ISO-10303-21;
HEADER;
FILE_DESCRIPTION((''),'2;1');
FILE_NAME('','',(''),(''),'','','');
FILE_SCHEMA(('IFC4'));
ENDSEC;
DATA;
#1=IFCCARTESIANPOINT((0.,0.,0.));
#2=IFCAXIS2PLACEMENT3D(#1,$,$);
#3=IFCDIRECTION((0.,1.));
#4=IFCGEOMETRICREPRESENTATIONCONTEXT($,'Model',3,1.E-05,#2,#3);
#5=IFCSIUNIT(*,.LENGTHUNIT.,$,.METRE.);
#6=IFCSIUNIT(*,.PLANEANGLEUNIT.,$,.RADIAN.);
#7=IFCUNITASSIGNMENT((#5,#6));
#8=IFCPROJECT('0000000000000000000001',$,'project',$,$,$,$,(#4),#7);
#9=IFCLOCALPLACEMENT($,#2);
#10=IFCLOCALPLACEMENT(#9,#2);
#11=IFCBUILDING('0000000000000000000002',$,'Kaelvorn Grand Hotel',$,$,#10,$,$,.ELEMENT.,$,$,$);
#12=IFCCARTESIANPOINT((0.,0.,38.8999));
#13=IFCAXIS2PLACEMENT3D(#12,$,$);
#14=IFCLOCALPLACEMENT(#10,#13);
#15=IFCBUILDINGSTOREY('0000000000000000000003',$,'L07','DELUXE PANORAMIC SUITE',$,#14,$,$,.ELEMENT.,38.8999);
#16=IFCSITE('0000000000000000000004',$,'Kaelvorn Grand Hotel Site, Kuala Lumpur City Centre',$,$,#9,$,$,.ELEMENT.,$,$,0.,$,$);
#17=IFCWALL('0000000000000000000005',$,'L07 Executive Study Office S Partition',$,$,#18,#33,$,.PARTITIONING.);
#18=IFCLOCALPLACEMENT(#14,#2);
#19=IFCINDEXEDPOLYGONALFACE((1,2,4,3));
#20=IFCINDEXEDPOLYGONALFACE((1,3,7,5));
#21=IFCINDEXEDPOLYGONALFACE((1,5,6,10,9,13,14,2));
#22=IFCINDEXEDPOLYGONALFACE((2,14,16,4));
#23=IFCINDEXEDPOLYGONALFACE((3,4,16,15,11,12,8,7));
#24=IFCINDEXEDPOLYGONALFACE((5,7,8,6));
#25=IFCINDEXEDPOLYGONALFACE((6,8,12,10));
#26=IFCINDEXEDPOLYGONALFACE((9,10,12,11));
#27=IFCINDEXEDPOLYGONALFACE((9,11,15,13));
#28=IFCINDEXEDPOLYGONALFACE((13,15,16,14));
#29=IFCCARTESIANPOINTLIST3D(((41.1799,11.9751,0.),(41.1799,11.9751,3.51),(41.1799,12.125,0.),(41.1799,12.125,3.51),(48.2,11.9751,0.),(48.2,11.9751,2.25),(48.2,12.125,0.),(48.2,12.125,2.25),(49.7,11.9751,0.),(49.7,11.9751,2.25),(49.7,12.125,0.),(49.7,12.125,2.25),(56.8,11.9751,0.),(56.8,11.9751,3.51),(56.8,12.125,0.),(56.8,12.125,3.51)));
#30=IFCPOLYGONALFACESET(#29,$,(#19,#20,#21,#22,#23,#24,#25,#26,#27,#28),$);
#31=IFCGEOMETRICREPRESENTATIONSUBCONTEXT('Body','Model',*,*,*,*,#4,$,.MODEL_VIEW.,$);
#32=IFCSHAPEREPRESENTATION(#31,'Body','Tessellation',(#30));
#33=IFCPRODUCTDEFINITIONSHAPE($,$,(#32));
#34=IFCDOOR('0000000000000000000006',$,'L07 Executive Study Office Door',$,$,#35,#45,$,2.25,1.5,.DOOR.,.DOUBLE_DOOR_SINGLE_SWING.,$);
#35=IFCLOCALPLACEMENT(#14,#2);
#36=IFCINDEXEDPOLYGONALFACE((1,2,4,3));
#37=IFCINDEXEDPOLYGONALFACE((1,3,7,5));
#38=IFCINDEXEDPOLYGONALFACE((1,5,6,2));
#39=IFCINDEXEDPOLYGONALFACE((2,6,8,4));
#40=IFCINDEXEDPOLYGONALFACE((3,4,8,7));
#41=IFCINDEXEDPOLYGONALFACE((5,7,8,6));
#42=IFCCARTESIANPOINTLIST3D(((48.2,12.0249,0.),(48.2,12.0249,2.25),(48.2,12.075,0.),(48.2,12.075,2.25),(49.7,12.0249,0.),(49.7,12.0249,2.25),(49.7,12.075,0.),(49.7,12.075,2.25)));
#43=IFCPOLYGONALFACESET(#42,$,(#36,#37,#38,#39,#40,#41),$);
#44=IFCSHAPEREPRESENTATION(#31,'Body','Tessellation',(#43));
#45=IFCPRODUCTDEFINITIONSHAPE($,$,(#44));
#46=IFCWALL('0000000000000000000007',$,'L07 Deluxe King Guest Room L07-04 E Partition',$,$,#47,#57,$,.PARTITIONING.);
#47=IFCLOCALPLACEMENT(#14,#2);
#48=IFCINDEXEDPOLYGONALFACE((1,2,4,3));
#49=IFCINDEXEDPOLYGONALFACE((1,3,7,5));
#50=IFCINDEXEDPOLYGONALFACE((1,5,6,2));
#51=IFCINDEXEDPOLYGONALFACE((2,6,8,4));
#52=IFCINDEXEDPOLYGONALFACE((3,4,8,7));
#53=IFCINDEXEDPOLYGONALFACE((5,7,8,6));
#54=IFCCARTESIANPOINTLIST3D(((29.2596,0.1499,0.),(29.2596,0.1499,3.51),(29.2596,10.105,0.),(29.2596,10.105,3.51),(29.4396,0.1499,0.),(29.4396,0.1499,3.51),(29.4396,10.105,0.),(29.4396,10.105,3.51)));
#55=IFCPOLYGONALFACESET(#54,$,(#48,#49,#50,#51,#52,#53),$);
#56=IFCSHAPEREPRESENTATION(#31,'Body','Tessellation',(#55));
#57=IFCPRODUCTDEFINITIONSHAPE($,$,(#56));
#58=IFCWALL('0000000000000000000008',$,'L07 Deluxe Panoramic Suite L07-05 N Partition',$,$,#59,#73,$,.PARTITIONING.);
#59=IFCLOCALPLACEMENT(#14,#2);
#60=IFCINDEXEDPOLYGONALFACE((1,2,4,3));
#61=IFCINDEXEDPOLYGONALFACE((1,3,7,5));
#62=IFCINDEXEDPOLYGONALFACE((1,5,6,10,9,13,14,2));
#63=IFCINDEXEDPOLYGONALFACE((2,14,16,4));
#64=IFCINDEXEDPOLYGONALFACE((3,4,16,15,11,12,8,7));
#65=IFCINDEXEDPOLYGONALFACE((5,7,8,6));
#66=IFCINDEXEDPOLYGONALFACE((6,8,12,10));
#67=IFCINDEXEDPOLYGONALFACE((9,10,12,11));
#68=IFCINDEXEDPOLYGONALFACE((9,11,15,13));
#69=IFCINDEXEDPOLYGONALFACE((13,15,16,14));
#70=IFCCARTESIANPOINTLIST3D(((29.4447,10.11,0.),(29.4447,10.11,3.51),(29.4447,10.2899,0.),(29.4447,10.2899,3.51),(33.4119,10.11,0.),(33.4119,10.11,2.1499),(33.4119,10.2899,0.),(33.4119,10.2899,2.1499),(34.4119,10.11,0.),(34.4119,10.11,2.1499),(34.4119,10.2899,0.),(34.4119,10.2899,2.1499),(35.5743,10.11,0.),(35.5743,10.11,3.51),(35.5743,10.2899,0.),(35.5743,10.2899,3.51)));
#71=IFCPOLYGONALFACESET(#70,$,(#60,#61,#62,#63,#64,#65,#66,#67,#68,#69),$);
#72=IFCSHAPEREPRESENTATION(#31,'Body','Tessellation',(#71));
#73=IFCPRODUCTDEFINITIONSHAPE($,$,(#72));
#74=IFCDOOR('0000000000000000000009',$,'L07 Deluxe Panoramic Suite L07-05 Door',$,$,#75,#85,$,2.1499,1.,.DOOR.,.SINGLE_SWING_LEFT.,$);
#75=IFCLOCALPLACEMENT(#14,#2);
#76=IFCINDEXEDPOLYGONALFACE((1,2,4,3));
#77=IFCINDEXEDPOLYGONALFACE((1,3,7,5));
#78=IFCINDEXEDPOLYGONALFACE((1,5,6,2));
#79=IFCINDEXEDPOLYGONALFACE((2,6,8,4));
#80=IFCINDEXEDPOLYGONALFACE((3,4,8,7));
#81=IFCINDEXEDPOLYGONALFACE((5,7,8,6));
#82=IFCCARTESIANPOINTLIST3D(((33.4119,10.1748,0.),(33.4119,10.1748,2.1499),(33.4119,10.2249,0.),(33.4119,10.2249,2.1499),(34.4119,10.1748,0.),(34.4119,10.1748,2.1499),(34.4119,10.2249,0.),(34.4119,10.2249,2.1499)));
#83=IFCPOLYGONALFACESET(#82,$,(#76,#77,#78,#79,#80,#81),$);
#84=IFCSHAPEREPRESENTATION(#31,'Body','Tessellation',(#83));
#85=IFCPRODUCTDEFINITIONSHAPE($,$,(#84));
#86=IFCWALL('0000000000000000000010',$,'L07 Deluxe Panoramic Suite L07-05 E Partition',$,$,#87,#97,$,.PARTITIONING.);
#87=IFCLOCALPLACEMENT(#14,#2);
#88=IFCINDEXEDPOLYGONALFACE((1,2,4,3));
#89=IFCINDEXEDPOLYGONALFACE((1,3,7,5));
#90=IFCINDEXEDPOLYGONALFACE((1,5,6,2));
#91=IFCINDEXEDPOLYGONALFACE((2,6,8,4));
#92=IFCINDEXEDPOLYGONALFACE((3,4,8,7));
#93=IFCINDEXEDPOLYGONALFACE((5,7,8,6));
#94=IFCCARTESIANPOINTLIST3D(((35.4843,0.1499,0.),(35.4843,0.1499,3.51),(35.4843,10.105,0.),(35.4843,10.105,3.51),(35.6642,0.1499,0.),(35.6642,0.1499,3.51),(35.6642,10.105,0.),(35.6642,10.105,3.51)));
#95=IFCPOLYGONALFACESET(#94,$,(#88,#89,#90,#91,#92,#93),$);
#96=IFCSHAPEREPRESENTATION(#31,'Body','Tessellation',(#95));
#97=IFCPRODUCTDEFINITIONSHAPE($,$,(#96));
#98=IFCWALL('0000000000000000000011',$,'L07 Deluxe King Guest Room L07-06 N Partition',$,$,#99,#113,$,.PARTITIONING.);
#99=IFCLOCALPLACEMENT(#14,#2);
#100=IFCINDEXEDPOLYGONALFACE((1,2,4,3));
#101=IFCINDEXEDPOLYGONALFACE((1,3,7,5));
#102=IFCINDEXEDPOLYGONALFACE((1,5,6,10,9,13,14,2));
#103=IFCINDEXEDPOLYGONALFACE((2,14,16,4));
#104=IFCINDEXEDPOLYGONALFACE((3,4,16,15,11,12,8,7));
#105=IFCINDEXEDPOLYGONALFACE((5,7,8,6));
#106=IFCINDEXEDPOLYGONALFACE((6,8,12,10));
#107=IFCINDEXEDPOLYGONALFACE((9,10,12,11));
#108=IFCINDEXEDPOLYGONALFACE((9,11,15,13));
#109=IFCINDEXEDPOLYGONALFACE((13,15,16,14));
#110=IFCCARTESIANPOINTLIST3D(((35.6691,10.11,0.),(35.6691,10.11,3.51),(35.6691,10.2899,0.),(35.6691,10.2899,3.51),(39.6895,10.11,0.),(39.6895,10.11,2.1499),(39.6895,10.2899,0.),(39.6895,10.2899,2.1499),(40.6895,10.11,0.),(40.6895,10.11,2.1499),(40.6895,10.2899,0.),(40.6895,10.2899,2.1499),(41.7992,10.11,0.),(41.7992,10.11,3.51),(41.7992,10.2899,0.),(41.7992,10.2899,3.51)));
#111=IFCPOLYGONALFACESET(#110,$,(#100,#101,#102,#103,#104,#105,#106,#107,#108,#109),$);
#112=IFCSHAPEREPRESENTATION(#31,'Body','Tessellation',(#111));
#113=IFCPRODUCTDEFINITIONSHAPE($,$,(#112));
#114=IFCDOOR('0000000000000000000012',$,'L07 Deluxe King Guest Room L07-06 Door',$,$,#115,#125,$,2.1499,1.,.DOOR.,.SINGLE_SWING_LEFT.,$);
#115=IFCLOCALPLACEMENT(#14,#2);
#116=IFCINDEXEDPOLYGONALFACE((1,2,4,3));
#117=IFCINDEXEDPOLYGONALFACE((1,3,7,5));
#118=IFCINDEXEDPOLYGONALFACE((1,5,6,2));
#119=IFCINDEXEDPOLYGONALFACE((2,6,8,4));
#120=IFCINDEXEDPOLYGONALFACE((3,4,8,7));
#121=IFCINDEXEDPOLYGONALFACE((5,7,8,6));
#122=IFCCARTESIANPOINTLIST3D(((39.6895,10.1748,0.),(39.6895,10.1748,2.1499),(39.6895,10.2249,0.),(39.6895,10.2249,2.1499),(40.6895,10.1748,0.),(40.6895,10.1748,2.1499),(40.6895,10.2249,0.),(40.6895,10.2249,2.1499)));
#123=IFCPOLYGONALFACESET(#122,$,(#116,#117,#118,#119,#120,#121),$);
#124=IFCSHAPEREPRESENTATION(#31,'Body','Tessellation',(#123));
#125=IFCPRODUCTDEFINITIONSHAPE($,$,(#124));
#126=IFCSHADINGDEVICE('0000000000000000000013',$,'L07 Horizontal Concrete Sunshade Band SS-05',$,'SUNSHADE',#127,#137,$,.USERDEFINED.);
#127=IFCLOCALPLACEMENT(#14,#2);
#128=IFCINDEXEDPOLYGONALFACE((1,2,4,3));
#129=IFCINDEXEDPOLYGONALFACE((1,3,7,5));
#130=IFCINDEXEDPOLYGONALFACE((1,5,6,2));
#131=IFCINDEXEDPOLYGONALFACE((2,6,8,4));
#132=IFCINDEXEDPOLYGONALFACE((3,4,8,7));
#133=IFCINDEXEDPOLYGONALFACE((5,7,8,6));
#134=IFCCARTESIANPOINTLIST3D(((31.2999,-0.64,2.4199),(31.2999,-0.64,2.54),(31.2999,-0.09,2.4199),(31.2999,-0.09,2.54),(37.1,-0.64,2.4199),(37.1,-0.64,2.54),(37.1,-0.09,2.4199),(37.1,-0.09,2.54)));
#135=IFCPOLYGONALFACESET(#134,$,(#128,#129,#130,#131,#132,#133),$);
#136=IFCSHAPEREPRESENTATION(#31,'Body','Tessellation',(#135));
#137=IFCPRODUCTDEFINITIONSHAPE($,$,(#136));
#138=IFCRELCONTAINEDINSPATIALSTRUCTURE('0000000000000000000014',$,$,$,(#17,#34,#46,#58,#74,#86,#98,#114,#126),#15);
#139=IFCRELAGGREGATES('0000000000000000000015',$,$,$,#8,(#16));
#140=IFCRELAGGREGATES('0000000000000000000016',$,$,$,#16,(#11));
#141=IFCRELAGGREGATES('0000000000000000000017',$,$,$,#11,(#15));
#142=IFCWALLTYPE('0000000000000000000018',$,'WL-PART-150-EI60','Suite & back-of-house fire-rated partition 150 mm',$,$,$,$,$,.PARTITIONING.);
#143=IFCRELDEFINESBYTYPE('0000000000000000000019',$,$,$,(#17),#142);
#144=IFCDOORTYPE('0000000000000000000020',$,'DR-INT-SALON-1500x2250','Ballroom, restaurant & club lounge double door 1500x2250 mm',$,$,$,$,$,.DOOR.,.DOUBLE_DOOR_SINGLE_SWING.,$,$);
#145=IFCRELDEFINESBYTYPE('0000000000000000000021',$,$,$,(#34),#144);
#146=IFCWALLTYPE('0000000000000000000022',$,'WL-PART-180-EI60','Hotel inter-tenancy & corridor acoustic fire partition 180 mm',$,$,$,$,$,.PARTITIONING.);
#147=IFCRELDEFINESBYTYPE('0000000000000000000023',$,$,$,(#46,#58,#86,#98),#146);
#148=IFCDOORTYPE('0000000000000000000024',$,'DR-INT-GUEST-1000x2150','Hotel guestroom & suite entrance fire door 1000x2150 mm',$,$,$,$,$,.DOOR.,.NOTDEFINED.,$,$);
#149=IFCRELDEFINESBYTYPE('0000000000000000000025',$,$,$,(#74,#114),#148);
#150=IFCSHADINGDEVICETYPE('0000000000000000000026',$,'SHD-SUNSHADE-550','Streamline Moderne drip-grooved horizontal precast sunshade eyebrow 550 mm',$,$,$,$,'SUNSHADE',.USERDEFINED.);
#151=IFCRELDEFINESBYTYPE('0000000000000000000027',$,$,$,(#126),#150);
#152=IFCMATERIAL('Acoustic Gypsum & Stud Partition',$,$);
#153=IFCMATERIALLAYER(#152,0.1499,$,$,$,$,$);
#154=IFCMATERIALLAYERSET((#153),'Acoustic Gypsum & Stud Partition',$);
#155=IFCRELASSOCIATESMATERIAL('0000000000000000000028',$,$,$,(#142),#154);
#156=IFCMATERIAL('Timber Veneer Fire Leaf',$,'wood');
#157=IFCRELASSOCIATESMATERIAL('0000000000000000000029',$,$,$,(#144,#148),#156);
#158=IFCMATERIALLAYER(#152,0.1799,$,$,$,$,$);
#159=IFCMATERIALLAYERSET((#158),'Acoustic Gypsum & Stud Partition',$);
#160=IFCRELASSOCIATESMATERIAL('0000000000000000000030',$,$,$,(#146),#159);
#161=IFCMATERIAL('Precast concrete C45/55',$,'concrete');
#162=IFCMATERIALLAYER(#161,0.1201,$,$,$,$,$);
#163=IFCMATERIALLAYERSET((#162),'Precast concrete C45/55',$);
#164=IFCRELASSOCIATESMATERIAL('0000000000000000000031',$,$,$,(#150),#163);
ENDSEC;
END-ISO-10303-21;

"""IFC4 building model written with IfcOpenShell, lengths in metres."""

from ifc_helpers import new_model, si_unit, direction, frame, frame_2d, origin, origin_2d, place, context, subcontext, project, spatial, rectangle, extrude, material, layer, layer_set, type_object, element, fill, save


model = new_model("IFC4")

# Units and contexts
model_context = context("Model", 3, precision=1e-05, world=origin(), true_north=direction((0.0, 1.0)))
body_context = subcontext(model_context, "Body", "Model", "MODEL_VIEW")
ifc_project = project(units=[si_unit("LENGTHUNIT", "METRE"), si_unit("PLANEANGLEUNIT", "RADIAN")], contexts=[model_context])

# Site, building, storey
site_placement = place(None, origin())
site = spatial("IfcSite", under=ifc_project, at=site_placement, Name="Kaelvorn Grand Hotel Site, Kuala Lumpur City Centre", CompositionType="ELEMENT", RefElevation=0.0)
building_placement = place(site_placement, origin())
building = spatial("IfcBuilding", under=site, at=building_placement, Name="Kaelvorn Grand Hotel", CompositionType="ELEMENT")
storey_placement = place(building_placement, frame((0.0, 0.0, 38.8999)))
storey = spatial("IfcBuildingStorey", under=building, at=storey_placement, Name="L07", Description="DELUXE PANORAMIC SUITE", CompositionType="ELEMENT", Elevation=38.8999)

# Shared definitions
ifc_material_1 = material(Name="Acoustic Gypsum & Stud Partition")
ifc_layer_1 = layer(ifc_material_1, 0.1499)
ifc_layer_set_1 = layer_set([ifc_layer_1], Name="Acoustic Gypsum & Stud Partition")
wall_type_1 = type_object("IfcWallType", Name="WL-PART-150-EI60", Description="Suite & back-of-house fire-rated partition 150 mm", PredefinedType="PARTITIONING", material=ifc_layer_set_1)

# Wall, opening, door
wall_1_placement = place(storey_placement, frame((41.1799, 12.05, 0.0), z_axis=(0.0, 0.0, 1.0), x_axis=(1.0, 0.0, 0.0)))
wall_1 = element("IfcWall", 1, at=wall_1_placement, inside=storey, type_object=wall_type_1, Name="L07 Executive Study Office S Partition", PredefinedType="PARTITIONING", context=body_context, shape_type="SweptSolid", body=[
    extrude(rectangle(XDim=15.6201, YDim=0.1499, at=frame_2d((7.8101, 0.0))), origin(), (0.0, 0.0, 1.0), 3.51),
])
opening_1_placement = place(wall_1_placement, frame((7.02, 0.0, 0.0)))
opening_1 = element("IfcOpeningElement", 2, at=opening_1_placement, cuts=wall_1, PredefinedType="OPENING", context=body_context, shape_type="SweptSolid", body=[
    extrude(rectangle(XDim=1.5, YDim=2.25, at=frame_2d((0.75, 1.125))), frame((0.0, 0.085, 0.0), z_axis=(0.0, -1.0, 0.0), x_axis=(1.0, 0.0, 0.0)), (0.0, 0.0, 1.0), 0.1699),
])
ifc_material_2 = material(Name="Timber Veneer Fire Leaf", Category="wood")
door_type_1 = type_object("IfcDoorType", Name="DR-INT-SALON-1500x2250", Description="Ballroom, restaurant & club lounge double door 1500x2250 mm", OperationType="DOUBLE_DOOR_SINGLE_SWING", PredefinedType="DOOR", material=ifc_material_2)
door_1_placement = place(opening_1_placement, origin())
door_1 = element("IfcDoor", 3, at=door_1_placement, inside=storey, type_object=door_type_1, Name="L07 Executive Study Office Door", OperationType="DOUBLE_DOOR_SINGLE_SWING", OverallHeight=2.25, OverallWidth=1.5, PredefinedType="DOOR", context=body_context, shape_type="SweptSolid", body=[
    extrude(rectangle(XDim=1.5, YDim=2.25, at=frame_2d((0.75, 1.125))), frame((0.0, 0.0249, 0.0), z_axis=(0.0, -1.0, 0.0), x_axis=(1.0, 0.0, 0.0)), (0.0, 0.0, 1.0), 0.05),
])
fill(opening_1, door_1)

# Wall
ifc_layer_2 = layer(ifc_material_1, 0.1799)
ifc_layer_set_2 = layer_set([ifc_layer_2], Name="Acoustic Gypsum & Stud Partition")
wall_type_2 = type_object("IfcWallType", Name="WL-PART-180-EI60", Description="Hotel inter-tenancy & corridor acoustic fire partition 180 mm", PredefinedType="PARTITIONING", material=ifc_layer_set_2)
wall_2_placement = place(storey_placement, frame((29.3496, 0.1499, 0.0), z_axis=(0.0, 0.0, 1.0), x_axis=(0.0, 1.0, 0.0)))
element("IfcWall", 4, at=wall_2_placement, inside=storey, type_object=wall_type_2, Name="L07 Deluxe King Guest Room L07-04 E Partition", PredefinedType="PARTITIONING", context=body_context, shape_type="SweptSolid", body=[
    extrude(rectangle(XDim=9.9551, YDim=0.1799, at=frame_2d((4.9775, 0.0))), origin(), (0.0, 0.0, 1.0), 3.51),
])

# Wall, opening, door
wall_3_placement = place(storey_placement, frame((29.4446, 10.2, 0.0), z_axis=(0.0, 0.0, 1.0), x_axis=(1.0, 0.0, 0.0)))
wall_3 = element("IfcWall", 5, at=wall_3_placement, inside=storey, type_object=wall_type_2, Name="L07 Deluxe Panoramic Suite L07-05 N Partition", PredefinedType="PARTITIONING", context=body_context, shape_type="SweptSolid", body=[
    extrude(rectangle(XDim=6.1296, YDim=0.1799, at=frame_2d((3.0649, 0.0))), origin(), (0.0, 0.0, 1.0), 3.51),
])
opening_2_placement = place(wall_3_placement, frame((3.9673, 0.0, 0.0)))
opening_2 = element("IfcOpeningElement", 6, at=opening_2_placement, cuts=wall_3, PredefinedType="OPENING", context=body_context, shape_type="SweptSolid", body=[
    extrude(rectangle(XDim=1.0, YDim=2.1499, at=frame_2d((0.5, 1.075))), frame((0.0, 0.1001, 0.0), z_axis=(0.0, -1.0, 0.0), x_axis=(1.0, 0.0, 0.0)), (0.0, 0.0, 1.0), 0.2),
])
door_type_2 = type_object("IfcDoorType", Name="DR-INT-GUEST-1000x2150", Description="Hotel guestroom & suite entrance fire door 1000x2150 mm", OperationType="NOTDEFINED", PredefinedType="DOOR", material=ifc_material_2)
door_2_placement = place(opening_2_placement, origin())
door_2 = element("IfcDoor", 7, at=door_2_placement, inside=storey, type_object=door_type_2, Name="L07 Deluxe Panoramic Suite L07-05 Door", OperationType="SINGLE_SWING_LEFT", OverallHeight=2.1499, OverallWidth=1.0, PredefinedType="DOOR", context=body_context, shape_type="SweptSolid", body=[
    extrude(rectangle(XDim=1.0, YDim=2.1499, at=frame_2d((0.5, 1.075))), frame((0.0, 0.0249, 0.0), z_axis=(0.0, -1.0, 0.0), x_axis=(1.0, 0.0, 0.0)), (0.0, 0.0, 1.0), 0.05),
])
fill(opening_2, door_2)

# Wall
wall_4_placement = place(storey_placement, frame((35.5742, 0.1499, 0.0), z_axis=(0.0, 0.0, 1.0), x_axis=(0.0, 1.0, 0.0)))
element("IfcWall", 8, at=wall_4_placement, inside=storey, type_object=wall_type_2, Name="L07 Deluxe Panoramic Suite L07-05 E Partition", PredefinedType="PARTITIONING", context=body_context, shape_type="SweptSolid", body=[
    extrude(rectangle(XDim=9.9551, YDim=0.1799, at=frame_2d((4.9775, 0.0))), origin(), (0.0, 0.0, 1.0), 3.51),
])

# Wall, opening, door
wall_5_placement = place(storey_placement, frame((35.6692, 10.2, 0.0), z_axis=(0.0, 0.0, 1.0), x_axis=(1.0, 0.0, 0.0)))
wall_5 = element("IfcWall", 9, at=wall_5_placement, inside=storey, type_object=wall_type_2, Name="L07 Deluxe King Guest Room L07-06 N Partition", PredefinedType="PARTITIONING", context=body_context, shape_type="SweptSolid", body=[
    extrude(rectangle(XDim=6.1301, YDim=0.1799, at=frame_2d((3.0649, 0.0))), origin(), (0.0, 0.0, 1.0), 3.51),
])
opening_3_placement = place(wall_5_placement, frame((4.0203, 0.0, 0.0)))
opening_3 = element("IfcOpeningElement", 10, at=opening_3_placement, cuts=wall_5, PredefinedType="OPENING", context=body_context, shape_type="SweptSolid", body=[
    extrude(rectangle(XDim=1.0, YDim=2.1499, at=frame_2d((0.5, 1.075))), frame((0.0, 0.1001, 0.0), z_axis=(0.0, -1.0, 0.0), x_axis=(1.0, 0.0, 0.0)), (0.0, 0.0, 1.0), 0.2),
])
door_3_placement = place(opening_3_placement, origin())
door_3 = element("IfcDoor", 11, at=door_3_placement, inside=storey, type_object=door_type_2, Name="L07 Deluxe King Guest Room L07-06 Door", OperationType="SINGLE_SWING_LEFT", OverallHeight=2.1499, OverallWidth=1.0, PredefinedType="DOOR", context=body_context, shape_type="SweptSolid", body=[
    extrude(rectangle(XDim=1.0, YDim=2.1499, at=frame_2d((0.5, 1.075))), frame((0.0, 0.0249, 0.0), z_axis=(0.0, -1.0, 0.0), x_axis=(1.0, 0.0, 0.0)), (0.0, 0.0, 1.0), 0.05),
])
fill(opening_3, door_3)

# Shading device
ifc_material_3 = material(Name="Precast concrete C45/55", Category="concrete")
ifc_layer_3 = layer(ifc_material_3, 0.1201)
ifc_layer_set_3 = layer_set([ifc_layer_3], Name="Precast concrete C45/55")
shading_device_type = type_object("IfcShadingDeviceType", Name="SHD-SUNSHADE-550", Description="Streamline Moderne drip-grooved horizontal precast sunshade eyebrow 550 mm", ElementType="SUNSHADE", PredefinedType="USERDEFINED", material=ifc_layer_set_3)
shading_device_placement = place(storey_placement, frame((34.2, -0.365, 2.4199), z_axis=(0.0, 0.0, 1.0), x_axis=(1.0, 0.0, 0.0)))
element("IfcShadingDevice", 12, at=shading_device_placement, inside=storey, type_object=shading_device_type, Name="L07 Horizontal Concrete Sunshade Band SS-05", ObjectType="SUNSHADE", PredefinedType="USERDEFINED", context=body_context, shape_type="SweptSolid", body=[
    extrude(rectangle(XDim=5.8, YDim=0.55, at=origin_2d()), origin(), (0.0, 0.0, 1.0), 0.1201),
])

save(model, "model.ifc")
